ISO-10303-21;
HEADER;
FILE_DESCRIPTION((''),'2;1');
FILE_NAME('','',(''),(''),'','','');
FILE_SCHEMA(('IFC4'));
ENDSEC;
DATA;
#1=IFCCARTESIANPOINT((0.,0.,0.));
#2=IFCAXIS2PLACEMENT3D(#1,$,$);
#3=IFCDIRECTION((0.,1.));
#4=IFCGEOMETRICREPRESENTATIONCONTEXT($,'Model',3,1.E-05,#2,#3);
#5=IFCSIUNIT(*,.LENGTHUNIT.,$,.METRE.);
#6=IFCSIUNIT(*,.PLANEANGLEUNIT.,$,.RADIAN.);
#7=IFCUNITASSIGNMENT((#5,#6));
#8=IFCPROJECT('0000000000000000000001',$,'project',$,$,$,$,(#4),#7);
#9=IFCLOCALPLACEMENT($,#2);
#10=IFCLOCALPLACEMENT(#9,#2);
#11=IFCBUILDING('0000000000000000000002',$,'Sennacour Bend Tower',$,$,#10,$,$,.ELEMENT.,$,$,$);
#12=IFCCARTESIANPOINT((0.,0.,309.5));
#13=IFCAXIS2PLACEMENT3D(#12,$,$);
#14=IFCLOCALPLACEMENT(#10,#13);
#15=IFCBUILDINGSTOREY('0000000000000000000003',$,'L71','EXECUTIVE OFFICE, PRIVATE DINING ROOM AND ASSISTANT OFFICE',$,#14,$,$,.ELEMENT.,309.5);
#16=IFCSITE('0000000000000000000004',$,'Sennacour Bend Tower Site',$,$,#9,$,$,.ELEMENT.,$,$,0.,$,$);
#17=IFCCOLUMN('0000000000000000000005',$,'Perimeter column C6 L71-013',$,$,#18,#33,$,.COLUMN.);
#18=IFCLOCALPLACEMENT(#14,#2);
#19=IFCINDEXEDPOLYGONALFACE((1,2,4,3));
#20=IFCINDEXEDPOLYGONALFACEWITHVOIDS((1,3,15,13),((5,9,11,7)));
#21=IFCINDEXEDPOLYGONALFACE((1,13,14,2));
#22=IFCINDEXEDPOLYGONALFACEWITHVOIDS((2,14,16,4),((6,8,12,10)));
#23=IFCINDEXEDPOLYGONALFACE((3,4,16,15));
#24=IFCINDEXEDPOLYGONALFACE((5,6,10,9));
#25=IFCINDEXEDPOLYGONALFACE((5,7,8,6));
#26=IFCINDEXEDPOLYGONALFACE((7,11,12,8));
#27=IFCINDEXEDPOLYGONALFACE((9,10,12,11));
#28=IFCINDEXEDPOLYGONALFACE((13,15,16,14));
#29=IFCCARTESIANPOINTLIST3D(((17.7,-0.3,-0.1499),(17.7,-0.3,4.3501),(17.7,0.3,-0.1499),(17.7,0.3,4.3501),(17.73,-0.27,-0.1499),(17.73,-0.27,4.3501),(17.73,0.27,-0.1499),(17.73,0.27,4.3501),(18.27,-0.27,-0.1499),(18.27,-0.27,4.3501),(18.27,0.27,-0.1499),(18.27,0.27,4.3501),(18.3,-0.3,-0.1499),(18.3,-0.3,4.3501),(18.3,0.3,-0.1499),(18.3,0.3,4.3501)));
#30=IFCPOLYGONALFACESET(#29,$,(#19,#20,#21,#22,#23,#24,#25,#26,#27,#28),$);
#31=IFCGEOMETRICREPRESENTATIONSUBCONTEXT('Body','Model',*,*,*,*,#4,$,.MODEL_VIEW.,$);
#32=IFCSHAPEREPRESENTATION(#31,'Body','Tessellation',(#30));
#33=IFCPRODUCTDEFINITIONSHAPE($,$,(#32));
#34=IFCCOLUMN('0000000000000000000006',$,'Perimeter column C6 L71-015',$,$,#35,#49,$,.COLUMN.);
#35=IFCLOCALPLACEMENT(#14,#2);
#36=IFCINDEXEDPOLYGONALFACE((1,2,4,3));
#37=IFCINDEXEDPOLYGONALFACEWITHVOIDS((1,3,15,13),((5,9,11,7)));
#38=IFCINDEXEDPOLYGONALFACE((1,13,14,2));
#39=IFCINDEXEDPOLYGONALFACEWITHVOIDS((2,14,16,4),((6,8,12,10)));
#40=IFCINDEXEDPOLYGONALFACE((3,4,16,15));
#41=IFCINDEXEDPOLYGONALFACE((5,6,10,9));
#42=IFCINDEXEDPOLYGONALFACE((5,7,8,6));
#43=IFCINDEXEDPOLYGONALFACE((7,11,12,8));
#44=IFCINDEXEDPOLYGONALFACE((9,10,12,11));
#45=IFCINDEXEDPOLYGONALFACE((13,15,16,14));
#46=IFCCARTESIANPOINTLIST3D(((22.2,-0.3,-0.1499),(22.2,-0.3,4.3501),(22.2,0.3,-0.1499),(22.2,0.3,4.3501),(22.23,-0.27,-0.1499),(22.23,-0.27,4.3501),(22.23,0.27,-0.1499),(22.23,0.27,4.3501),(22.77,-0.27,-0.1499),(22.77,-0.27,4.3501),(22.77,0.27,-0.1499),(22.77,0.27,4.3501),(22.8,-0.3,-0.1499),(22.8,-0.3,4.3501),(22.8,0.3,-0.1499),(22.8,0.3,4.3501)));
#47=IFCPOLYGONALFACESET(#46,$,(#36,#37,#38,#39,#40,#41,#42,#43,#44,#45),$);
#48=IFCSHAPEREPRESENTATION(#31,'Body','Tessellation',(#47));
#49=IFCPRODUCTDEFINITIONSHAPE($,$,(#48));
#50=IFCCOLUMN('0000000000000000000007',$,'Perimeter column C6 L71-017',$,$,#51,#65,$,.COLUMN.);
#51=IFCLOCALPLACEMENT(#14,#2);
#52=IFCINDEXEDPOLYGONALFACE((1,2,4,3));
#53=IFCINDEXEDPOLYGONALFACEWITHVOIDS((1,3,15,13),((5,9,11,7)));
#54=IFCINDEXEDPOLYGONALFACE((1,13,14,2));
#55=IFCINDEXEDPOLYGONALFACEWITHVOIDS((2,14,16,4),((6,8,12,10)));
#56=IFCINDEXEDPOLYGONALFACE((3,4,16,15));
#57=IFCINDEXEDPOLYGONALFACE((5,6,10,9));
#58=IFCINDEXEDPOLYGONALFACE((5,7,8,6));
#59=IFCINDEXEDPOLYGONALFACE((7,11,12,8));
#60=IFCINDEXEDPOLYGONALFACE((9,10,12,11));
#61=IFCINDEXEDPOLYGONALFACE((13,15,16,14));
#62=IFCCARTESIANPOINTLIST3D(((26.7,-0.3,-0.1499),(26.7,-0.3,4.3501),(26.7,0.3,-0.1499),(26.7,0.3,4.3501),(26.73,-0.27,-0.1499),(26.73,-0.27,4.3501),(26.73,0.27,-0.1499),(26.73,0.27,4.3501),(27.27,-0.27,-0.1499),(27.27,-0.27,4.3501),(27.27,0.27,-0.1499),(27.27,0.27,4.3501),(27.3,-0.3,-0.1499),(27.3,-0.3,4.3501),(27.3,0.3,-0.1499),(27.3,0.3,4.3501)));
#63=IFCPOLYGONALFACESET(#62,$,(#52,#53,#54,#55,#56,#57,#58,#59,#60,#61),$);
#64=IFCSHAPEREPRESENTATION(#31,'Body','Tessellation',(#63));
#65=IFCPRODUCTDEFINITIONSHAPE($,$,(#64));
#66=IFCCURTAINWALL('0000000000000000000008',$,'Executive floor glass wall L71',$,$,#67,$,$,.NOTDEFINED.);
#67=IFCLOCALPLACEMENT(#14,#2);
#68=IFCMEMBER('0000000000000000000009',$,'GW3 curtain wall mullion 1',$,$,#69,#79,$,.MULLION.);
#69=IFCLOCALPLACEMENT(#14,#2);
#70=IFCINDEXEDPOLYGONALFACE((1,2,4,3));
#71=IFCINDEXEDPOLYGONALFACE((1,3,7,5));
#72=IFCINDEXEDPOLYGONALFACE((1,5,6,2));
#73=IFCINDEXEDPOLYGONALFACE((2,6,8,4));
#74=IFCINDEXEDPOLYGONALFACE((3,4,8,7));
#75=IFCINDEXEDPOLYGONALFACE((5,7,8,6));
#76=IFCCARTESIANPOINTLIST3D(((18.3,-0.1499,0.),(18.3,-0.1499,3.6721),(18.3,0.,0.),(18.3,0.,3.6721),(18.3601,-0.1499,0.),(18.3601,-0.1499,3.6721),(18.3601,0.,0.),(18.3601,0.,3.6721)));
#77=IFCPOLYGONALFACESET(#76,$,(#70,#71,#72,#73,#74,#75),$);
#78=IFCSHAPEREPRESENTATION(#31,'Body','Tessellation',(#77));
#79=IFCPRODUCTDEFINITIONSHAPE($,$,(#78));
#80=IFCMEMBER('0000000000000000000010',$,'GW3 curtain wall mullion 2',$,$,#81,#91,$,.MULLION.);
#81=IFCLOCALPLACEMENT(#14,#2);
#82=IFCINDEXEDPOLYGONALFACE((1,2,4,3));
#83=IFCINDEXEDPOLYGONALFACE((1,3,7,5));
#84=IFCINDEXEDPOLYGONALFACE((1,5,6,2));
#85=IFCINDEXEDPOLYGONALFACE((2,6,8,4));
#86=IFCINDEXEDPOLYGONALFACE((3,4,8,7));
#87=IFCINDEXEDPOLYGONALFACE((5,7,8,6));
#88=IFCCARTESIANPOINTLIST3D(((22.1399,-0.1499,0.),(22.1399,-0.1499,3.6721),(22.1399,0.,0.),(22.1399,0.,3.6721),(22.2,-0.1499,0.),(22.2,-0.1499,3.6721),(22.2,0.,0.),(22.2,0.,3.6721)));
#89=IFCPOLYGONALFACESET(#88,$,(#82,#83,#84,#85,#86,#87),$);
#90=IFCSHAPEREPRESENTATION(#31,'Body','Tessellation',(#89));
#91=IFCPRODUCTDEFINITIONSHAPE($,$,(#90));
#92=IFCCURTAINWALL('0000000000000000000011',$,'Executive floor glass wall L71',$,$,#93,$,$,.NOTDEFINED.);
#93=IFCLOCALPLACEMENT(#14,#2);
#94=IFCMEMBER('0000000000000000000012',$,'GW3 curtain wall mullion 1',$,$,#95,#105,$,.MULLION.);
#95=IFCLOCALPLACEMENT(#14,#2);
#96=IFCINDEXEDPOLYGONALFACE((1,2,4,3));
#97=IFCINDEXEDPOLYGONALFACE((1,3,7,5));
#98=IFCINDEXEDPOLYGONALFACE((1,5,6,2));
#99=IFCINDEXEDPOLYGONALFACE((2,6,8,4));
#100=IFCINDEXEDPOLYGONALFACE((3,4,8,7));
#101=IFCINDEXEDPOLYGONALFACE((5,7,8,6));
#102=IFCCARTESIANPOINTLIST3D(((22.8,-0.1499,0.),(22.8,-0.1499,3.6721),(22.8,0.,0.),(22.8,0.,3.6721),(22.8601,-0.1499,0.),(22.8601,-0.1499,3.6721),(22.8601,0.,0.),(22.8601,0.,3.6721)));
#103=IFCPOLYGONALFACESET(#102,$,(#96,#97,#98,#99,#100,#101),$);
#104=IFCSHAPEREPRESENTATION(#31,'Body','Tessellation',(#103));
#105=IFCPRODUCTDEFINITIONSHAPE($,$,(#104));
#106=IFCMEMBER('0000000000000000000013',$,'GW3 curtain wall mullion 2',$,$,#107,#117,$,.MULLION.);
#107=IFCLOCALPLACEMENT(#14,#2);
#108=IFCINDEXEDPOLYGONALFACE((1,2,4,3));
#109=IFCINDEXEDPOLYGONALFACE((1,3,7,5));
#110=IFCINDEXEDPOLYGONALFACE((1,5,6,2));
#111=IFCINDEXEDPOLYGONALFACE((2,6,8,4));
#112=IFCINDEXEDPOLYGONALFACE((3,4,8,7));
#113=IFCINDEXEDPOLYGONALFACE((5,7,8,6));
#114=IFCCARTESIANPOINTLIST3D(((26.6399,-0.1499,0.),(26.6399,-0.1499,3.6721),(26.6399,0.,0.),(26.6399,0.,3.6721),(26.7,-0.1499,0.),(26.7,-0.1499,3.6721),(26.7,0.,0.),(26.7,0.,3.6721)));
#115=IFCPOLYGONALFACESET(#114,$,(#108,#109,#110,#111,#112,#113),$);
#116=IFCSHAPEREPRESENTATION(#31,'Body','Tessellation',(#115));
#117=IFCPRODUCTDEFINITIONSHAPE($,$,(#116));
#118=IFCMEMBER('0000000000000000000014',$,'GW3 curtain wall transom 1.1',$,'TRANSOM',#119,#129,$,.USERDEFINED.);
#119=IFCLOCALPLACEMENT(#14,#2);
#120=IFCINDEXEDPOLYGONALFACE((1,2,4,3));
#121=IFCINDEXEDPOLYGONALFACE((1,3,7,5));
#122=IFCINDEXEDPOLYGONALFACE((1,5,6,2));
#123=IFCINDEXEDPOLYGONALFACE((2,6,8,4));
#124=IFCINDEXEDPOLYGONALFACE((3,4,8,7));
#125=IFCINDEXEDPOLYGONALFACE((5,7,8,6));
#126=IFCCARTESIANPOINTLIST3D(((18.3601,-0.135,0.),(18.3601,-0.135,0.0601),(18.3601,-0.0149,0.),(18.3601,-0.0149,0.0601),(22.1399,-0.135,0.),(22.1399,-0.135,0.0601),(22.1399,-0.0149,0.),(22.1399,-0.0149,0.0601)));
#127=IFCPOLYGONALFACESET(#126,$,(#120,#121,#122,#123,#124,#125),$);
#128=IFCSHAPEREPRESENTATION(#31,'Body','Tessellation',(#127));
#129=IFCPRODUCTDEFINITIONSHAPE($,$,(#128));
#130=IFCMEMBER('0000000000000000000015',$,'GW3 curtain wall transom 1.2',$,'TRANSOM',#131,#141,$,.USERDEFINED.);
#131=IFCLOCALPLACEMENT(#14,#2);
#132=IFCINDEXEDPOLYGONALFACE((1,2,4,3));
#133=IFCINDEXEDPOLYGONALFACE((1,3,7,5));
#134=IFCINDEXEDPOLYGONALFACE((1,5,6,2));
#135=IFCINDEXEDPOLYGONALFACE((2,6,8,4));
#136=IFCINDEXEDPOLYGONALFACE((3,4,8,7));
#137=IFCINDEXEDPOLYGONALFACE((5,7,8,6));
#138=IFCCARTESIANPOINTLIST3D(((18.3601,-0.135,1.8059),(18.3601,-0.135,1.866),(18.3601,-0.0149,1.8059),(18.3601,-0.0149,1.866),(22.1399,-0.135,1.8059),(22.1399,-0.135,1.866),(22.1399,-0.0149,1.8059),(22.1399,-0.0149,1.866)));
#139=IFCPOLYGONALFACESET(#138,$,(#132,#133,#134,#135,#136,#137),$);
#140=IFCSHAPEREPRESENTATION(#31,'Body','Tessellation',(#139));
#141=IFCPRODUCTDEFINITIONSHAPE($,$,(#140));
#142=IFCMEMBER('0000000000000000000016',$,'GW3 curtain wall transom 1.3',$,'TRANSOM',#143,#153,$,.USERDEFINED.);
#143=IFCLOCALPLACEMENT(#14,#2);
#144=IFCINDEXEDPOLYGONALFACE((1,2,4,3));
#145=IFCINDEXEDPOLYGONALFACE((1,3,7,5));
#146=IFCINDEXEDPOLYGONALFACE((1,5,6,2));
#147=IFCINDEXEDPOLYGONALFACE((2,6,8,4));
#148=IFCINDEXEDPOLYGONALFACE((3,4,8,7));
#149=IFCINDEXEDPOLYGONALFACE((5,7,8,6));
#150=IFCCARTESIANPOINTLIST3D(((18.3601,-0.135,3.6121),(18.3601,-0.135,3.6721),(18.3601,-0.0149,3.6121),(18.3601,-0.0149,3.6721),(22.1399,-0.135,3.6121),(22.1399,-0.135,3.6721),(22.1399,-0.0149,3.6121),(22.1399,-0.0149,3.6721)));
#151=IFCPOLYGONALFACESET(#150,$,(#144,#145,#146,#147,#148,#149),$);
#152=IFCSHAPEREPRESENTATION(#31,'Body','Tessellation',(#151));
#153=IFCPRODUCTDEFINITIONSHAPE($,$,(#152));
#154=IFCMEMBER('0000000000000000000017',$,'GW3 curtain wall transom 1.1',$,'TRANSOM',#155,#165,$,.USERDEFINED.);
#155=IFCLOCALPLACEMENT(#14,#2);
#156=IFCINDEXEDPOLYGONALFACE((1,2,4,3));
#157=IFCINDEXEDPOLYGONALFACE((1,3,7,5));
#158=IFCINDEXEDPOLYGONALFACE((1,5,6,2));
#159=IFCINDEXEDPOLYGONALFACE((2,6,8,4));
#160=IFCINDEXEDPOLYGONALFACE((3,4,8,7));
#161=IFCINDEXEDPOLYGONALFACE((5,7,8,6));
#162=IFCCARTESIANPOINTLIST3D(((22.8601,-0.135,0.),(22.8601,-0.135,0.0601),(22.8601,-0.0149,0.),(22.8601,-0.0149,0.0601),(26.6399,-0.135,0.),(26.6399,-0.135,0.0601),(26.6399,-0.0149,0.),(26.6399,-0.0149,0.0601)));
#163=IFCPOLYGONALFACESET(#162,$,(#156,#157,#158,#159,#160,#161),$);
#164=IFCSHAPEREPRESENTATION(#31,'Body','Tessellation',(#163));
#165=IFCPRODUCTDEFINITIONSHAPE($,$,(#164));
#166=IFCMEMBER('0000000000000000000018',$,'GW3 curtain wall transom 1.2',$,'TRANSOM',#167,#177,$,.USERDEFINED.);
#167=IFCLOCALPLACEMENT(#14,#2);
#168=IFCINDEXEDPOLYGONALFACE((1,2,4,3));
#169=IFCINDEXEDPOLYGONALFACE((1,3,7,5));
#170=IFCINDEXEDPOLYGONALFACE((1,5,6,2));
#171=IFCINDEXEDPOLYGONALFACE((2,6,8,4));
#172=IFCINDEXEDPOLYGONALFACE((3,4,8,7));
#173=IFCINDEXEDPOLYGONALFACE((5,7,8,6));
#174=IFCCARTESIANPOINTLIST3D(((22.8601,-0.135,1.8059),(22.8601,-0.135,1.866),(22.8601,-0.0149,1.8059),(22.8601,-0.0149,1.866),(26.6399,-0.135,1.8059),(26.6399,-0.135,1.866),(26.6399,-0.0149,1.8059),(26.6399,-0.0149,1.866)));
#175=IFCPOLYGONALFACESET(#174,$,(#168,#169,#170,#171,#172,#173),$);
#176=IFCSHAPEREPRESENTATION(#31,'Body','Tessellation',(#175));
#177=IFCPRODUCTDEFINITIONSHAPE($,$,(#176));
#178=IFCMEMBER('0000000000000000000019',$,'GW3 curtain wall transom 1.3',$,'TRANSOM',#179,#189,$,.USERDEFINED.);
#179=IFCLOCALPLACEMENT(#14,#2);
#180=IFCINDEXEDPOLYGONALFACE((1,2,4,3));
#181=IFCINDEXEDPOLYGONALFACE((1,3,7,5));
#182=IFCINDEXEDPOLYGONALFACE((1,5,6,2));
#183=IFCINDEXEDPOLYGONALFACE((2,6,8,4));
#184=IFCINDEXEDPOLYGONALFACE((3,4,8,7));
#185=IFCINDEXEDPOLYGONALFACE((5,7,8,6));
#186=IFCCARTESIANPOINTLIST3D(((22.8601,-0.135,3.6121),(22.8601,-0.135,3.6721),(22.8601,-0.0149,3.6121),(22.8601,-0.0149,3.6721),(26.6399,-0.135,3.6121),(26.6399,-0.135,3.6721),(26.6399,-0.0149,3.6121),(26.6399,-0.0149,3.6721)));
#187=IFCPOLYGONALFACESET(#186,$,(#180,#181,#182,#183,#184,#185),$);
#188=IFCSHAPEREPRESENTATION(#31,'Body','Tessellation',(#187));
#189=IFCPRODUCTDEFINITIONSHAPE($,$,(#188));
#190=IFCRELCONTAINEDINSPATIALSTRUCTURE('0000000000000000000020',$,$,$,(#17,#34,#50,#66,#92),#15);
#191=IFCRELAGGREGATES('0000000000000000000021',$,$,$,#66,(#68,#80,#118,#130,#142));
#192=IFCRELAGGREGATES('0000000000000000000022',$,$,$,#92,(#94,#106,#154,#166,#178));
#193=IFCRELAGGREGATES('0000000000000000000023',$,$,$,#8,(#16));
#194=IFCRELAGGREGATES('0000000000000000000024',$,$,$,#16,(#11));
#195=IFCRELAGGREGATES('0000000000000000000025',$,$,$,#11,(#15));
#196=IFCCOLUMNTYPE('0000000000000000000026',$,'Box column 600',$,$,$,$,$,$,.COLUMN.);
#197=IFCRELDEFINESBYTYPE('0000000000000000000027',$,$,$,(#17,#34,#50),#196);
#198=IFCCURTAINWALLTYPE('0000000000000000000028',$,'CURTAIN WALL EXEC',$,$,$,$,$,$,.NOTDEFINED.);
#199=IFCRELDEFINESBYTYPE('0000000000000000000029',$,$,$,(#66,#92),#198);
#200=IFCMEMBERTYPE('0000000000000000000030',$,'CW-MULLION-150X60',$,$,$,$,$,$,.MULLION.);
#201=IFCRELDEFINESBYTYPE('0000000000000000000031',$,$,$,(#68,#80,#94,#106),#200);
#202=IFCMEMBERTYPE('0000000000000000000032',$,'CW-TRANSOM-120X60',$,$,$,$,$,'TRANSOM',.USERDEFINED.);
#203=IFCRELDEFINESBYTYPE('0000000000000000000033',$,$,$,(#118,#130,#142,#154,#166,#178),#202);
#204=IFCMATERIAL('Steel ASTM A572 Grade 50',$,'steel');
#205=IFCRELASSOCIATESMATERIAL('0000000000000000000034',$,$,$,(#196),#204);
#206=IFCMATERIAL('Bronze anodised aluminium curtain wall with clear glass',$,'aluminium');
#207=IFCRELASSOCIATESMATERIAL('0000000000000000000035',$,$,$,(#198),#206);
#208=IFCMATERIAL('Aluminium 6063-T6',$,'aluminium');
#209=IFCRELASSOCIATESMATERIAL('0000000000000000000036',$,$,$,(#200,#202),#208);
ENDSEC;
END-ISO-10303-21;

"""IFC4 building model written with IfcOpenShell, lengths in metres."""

from ifc_helpers import new_model, si_unit, direction, frame, origin, origin_2d, place, context, subcontext, project, spatial, rectangle, hollow_rectangle, extrude, material, material_profile, profile_set, type_object, element, aggregate, save


model = new_model("IFC4")

# Units and contexts
model_context = context("Model", 3, precision=1e-05, world=origin(), true_north=direction((0.0, 1.0)))
body_context = subcontext(model_context, "Body", "Model", "MODEL_VIEW")
ifc_project = project(units=[si_unit("LENGTHUNIT", "METRE"), si_unit("PLANEANGLEUNIT", "RADIAN")], contexts=[model_context])

# Site, building, storey
site_placement = place(None, origin())
site = spatial("IfcSite", under=ifc_project, at=site_placement, Name="Sennacour Bend Tower Site", CompositionType="ELEMENT", RefElevation=0.0)
building_placement = place(site_placement, origin())
building = spatial("IfcBuilding", under=site, at=building_placement, Name="Sennacour Bend Tower", CompositionType="ELEMENT")
storey_placement = place(building_placement, frame((0.0, 0.0, 309.5)))
storey = spatial("IfcBuildingStorey", under=building, at=storey_placement, Name="L71", Description="EXECUTIVE OFFICE, PRIVATE DINING ROOM AND ASSISTANT OFFICE", CompositionType="ELEMENT", Elevation=309.5)

# Columns
ifc_material_1 = material(Name="Steel ASTM A572 Grade 50", Category="steel")
ifc_material_profile_1 = material_profile(ifc_material_1, hollow_rectangle(XDim=0.6001, YDim=0.6001, WallThickness=0.03, at=origin_2d()), Name="Steel ASTM A572 Grade 50", Category="steel")
ifc_profile_set_1 = profile_set([ifc_material_profile_1], Name="Steel ASTM A572 Grade 50")
column_type = type_object("IfcColumnType", Name="Box column 600", PredefinedType="COLUMN", material=ifc_profile_set_1)
for number, where, z_axis, x_axis, name in (
    (1, (18.0, 0.0, -0.1499), (0.0, 0.0, 1.0), (1.0, 0.0, 0.0), "Perimeter column C6 L71-013"),
    (2, (22.5, 0.0, -0.1499), (0.0, 0.0, 1.0), (1.0, 0.0, 0.0), "Perimeter column C6 L71-015"),
    (3, (27.0, 0.0, -0.1499), (0.0, 0.0, 1.0), (1.0, 0.0, 0.0), "Perimeter column C6 L71-017"),
):
    element("IfcColumn", number, at=place(storey_placement, frame(where, z_axis=z_axis, x_axis=x_axis)), inside=storey, type_object=column_type, Name=name, PredefinedType="COLUMN", context=body_context, shape_type="SweptSolid", body=[
        extrude(hollow_rectangle(XDim=0.6001, YDim=0.6001, WallThickness=0.03, at=origin_2d()), origin(), (0.0, 0.0, 1.0), 4.5),
    ])

# Curtain walls, members
ifc_material_2 = material(Name="Bronze anodised aluminium curtain wall with clear glass", Category="aluminium")
curtain_wall_type = type_object("IfcCurtainWallType", Name="CURTAIN WALL EXEC", PredefinedType="NOTDEFINED", material=ifc_material_2)
curtain_wall_1_placement = place(storey_placement, origin())
curtain_wall_1 = element("IfcCurtainWall", 4, at=curtain_wall_1_placement, inside=storey, type_object=curtain_wall_type, Name="Executive floor glass wall L71", PredefinedType="NOTDEFINED")
ifc_material_3 = material(Name="Aluminium 6063-T6", Category="aluminium")
ifc_material_profile_2 = material_profile(ifc_material_3, rectangle(XDim=0.1499, YDim=0.0601, at=origin_2d()), Name="Aluminium 6063-T6", Category="aluminium")
ifc_profile_set_2 = profile_set([ifc_material_profile_2], Name="Aluminium 6063-T6")
member_type_1 = type_object("IfcMemberType", Name="CW-MULLION-150X60", PredefinedType="MULLION", material=ifc_profile_set_2)
member_1_placement = place(storey_placement, frame((18.3301, -0.075, 0.0), z_axis=(0.0, 0.0, 1.0), x_axis=(0.0, 1.0, 0.0)))
member_1 = element("IfcMember", 5, at=member_1_placement, type_object=member_type_1, Name="GW3 curtain wall mullion 1", PredefinedType="MULLION", context=body_context, shape_type="SweptSolid", body=[
    extrude(rectangle(XDim=0.1499, YDim=0.0601, at=origin_2d()), origin(), (0.0, 0.0, 1.0), 3.6721),
])
member_2_placement = place(storey_placement, frame((22.1699, -0.075, 0.0), z_axis=(0.0, 0.0, 1.0), x_axis=(0.0, 1.0, 0.0)))
member_2 = element("IfcMember", 6, at=member_2_placement, type_object=member_type_1, Name="GW3 curtain wall mullion 2", PredefinedType="MULLION", context=body_context, shape_type="SweptSolid", body=[
    extrude(rectangle(XDim=0.1499, YDim=0.0601, at=origin_2d()), origin(), (0.0, 0.0, 1.0), 3.6721),
])
curtain_wall_2_placement = place(storey_placement, origin())
curtain_wall_2 = element("IfcCurtainWall", 7, at=curtain_wall_2_placement, inside=storey, type_object=curtain_wall_type, Name="Executive floor glass wall L71", PredefinedType="NOTDEFINED")
member_3_placement = place(storey_placement, frame((22.8301, -0.075, 0.0), z_axis=(0.0, 0.0, 1.0), x_axis=(0.0, 1.0, 0.0)))
member_3 = element("IfcMember", 8, at=member_3_placement, type_object=member_type_1, Name="GW3 curtain wall mullion 1", PredefinedType="MULLION", context=body_context, shape_type="SweptSolid", body=[
    extrude(rectangle(XDim=0.1499, YDim=0.0601, at=origin_2d()), origin(), (0.0, 0.0, 1.0), 3.6721),
])
member_4_placement = place(storey_placement, frame((26.6699, -0.075, 0.0), z_axis=(0.0, 0.0, 1.0), x_axis=(0.0, 1.0, 0.0)))
member_4 = element("IfcMember", 9, at=member_4_placement, type_object=member_type_1, Name="GW3 curtain wall mullion 2", PredefinedType="MULLION", context=body_context, shape_type="SweptSolid", body=[
    extrude(rectangle(XDim=0.1499, YDim=0.0601, at=origin_2d()), origin(), (0.0, 0.0, 1.0), 3.6721),
])

# Members
ifc_material_profile_3 = material_profile(ifc_material_3, rectangle(XDim=0.1201, YDim=0.0601, at=origin_2d()), Name="Aluminium 6063-T6", Category="aluminium")
ifc_profile_set_3 = profile_set([ifc_material_profile_3], Name="Aluminium 6063-T6")
member_type_2 = type_object("IfcMemberType", Name="CW-TRANSOM-120X60", ElementType="TRANSOM", PredefinedType="USERDEFINED", material=ifc_profile_set_3)
member_5_placement = place(storey_placement, frame((18.3601, -0.075, 0.03), z_axis=(1.0, 0.0, 0.0), x_axis=(0.0, 1.0, 0.0)))
member_5 = element("IfcMember", 10, at=member_5_placement, type_object=member_type_2, Name="GW3 curtain wall transom 1.1", ObjectType="TRANSOM", PredefinedType="USERDEFINED", context=body_context, shape_type="SweptSolid", body=[
    extrude(rectangle(XDim=0.1201, YDim=0.0601, at=origin_2d()), origin(), (0.0, 0.0, 1.0), 3.7798),
])
member_6_placement = place(storey_placement, frame((18.3601, -0.075, 1.8359), z_axis=(1.0, 0.0, 0.0), x_axis=(0.0, 1.0, 0.0)))
member_6 = element("IfcMember", 11, at=member_6_placement, type_object=member_type_2, Name="GW3 curtain wall transom 1.2", ObjectType="TRANSOM", PredefinedType="USERDEFINED", context=body_context, shape_type="SweptSolid", body=[
    extrude(rectangle(XDim=0.1201, YDim=0.0601, at=origin_2d()), origin(), (0.0, 0.0, 1.0), 3.7798),
])
member_7_placement = place(storey_placement, frame((18.3601, -0.075, 3.6421), z_axis=(1.0, 0.0, 0.0), x_axis=(0.0, 1.0, 0.0)))
member_7 = element("IfcMember", 12, at=member_7_placement, type_object=member_type_2, Name="GW3 curtain wall transom 1.3", ObjectType="TRANSOM", PredefinedType="USERDEFINED", context=body_context, shape_type="SweptSolid", body=[
    extrude(rectangle(XDim=0.1201, YDim=0.0601, at=origin_2d()), origin(), (0.0, 0.0, 1.0), 3.7798),
])
member_8_placement = place(storey_placement, frame((22.8601, -0.075, 0.03), z_axis=(1.0, 0.0, 0.0), x_axis=(0.0, 1.0, 0.0)))
member_8 = element("IfcMember", 13, at=member_8_placement, type_object=member_type_2, Name="GW3 curtain wall transom 1.1", ObjectType="TRANSOM", PredefinedType="USERDEFINED", context=body_context, shape_type="SweptSolid", body=[
    extrude(rectangle(XDim=0.1201, YDim=0.0601, at=origin_2d()), origin(), (0.0, 0.0, 1.0), 3.7798),
])
member_9_placement = place(storey_placement, frame((22.8601, -0.075, 1.8359), z_axis=(1.0, 0.0, 0.0), x_axis=(0.0, 1.0, 0.0)))
member_9 = element("IfcMember", 14, at=member_9_placement, type_object=member_type_2, Name="GW3 curtain wall transom 1.2", ObjectType="TRANSOM", PredefinedType="USERDEFINED", context=body_context, shape_type="SweptSolid", body=[
    extrude(rectangle(XDim=0.1201, YDim=0.0601, at=origin_2d()), origin(), (0.0, 0.0, 1.0), 3.7798),
])
member_10_placement = place(storey_placement, frame((22.8601, -0.075, 3.6421), z_axis=(1.0, 0.0, 0.0), x_axis=(0.0, 1.0, 0.0)))
member_10 = element("IfcMember", 15, at=member_10_placement, type_object=member_type_2, Name="GW3 curtain wall transom 1.3", ObjectType="TRANSOM", PredefinedType="USERDEFINED", context=body_context, shape_type="SweptSolid", body=[
    extrude(rectangle(XDim=0.1201, YDim=0.0601, at=origin_2d()), origin(), (0.0, 0.0, 1.0), 3.7798),
])

aggregate(curtain_wall_1, [member_1, member_2, member_5, member_6, member_7])
aggregate(curtain_wall_2, [member_3, member_4, member_8, member_9, member_10])

save(model, "model.ifc")
